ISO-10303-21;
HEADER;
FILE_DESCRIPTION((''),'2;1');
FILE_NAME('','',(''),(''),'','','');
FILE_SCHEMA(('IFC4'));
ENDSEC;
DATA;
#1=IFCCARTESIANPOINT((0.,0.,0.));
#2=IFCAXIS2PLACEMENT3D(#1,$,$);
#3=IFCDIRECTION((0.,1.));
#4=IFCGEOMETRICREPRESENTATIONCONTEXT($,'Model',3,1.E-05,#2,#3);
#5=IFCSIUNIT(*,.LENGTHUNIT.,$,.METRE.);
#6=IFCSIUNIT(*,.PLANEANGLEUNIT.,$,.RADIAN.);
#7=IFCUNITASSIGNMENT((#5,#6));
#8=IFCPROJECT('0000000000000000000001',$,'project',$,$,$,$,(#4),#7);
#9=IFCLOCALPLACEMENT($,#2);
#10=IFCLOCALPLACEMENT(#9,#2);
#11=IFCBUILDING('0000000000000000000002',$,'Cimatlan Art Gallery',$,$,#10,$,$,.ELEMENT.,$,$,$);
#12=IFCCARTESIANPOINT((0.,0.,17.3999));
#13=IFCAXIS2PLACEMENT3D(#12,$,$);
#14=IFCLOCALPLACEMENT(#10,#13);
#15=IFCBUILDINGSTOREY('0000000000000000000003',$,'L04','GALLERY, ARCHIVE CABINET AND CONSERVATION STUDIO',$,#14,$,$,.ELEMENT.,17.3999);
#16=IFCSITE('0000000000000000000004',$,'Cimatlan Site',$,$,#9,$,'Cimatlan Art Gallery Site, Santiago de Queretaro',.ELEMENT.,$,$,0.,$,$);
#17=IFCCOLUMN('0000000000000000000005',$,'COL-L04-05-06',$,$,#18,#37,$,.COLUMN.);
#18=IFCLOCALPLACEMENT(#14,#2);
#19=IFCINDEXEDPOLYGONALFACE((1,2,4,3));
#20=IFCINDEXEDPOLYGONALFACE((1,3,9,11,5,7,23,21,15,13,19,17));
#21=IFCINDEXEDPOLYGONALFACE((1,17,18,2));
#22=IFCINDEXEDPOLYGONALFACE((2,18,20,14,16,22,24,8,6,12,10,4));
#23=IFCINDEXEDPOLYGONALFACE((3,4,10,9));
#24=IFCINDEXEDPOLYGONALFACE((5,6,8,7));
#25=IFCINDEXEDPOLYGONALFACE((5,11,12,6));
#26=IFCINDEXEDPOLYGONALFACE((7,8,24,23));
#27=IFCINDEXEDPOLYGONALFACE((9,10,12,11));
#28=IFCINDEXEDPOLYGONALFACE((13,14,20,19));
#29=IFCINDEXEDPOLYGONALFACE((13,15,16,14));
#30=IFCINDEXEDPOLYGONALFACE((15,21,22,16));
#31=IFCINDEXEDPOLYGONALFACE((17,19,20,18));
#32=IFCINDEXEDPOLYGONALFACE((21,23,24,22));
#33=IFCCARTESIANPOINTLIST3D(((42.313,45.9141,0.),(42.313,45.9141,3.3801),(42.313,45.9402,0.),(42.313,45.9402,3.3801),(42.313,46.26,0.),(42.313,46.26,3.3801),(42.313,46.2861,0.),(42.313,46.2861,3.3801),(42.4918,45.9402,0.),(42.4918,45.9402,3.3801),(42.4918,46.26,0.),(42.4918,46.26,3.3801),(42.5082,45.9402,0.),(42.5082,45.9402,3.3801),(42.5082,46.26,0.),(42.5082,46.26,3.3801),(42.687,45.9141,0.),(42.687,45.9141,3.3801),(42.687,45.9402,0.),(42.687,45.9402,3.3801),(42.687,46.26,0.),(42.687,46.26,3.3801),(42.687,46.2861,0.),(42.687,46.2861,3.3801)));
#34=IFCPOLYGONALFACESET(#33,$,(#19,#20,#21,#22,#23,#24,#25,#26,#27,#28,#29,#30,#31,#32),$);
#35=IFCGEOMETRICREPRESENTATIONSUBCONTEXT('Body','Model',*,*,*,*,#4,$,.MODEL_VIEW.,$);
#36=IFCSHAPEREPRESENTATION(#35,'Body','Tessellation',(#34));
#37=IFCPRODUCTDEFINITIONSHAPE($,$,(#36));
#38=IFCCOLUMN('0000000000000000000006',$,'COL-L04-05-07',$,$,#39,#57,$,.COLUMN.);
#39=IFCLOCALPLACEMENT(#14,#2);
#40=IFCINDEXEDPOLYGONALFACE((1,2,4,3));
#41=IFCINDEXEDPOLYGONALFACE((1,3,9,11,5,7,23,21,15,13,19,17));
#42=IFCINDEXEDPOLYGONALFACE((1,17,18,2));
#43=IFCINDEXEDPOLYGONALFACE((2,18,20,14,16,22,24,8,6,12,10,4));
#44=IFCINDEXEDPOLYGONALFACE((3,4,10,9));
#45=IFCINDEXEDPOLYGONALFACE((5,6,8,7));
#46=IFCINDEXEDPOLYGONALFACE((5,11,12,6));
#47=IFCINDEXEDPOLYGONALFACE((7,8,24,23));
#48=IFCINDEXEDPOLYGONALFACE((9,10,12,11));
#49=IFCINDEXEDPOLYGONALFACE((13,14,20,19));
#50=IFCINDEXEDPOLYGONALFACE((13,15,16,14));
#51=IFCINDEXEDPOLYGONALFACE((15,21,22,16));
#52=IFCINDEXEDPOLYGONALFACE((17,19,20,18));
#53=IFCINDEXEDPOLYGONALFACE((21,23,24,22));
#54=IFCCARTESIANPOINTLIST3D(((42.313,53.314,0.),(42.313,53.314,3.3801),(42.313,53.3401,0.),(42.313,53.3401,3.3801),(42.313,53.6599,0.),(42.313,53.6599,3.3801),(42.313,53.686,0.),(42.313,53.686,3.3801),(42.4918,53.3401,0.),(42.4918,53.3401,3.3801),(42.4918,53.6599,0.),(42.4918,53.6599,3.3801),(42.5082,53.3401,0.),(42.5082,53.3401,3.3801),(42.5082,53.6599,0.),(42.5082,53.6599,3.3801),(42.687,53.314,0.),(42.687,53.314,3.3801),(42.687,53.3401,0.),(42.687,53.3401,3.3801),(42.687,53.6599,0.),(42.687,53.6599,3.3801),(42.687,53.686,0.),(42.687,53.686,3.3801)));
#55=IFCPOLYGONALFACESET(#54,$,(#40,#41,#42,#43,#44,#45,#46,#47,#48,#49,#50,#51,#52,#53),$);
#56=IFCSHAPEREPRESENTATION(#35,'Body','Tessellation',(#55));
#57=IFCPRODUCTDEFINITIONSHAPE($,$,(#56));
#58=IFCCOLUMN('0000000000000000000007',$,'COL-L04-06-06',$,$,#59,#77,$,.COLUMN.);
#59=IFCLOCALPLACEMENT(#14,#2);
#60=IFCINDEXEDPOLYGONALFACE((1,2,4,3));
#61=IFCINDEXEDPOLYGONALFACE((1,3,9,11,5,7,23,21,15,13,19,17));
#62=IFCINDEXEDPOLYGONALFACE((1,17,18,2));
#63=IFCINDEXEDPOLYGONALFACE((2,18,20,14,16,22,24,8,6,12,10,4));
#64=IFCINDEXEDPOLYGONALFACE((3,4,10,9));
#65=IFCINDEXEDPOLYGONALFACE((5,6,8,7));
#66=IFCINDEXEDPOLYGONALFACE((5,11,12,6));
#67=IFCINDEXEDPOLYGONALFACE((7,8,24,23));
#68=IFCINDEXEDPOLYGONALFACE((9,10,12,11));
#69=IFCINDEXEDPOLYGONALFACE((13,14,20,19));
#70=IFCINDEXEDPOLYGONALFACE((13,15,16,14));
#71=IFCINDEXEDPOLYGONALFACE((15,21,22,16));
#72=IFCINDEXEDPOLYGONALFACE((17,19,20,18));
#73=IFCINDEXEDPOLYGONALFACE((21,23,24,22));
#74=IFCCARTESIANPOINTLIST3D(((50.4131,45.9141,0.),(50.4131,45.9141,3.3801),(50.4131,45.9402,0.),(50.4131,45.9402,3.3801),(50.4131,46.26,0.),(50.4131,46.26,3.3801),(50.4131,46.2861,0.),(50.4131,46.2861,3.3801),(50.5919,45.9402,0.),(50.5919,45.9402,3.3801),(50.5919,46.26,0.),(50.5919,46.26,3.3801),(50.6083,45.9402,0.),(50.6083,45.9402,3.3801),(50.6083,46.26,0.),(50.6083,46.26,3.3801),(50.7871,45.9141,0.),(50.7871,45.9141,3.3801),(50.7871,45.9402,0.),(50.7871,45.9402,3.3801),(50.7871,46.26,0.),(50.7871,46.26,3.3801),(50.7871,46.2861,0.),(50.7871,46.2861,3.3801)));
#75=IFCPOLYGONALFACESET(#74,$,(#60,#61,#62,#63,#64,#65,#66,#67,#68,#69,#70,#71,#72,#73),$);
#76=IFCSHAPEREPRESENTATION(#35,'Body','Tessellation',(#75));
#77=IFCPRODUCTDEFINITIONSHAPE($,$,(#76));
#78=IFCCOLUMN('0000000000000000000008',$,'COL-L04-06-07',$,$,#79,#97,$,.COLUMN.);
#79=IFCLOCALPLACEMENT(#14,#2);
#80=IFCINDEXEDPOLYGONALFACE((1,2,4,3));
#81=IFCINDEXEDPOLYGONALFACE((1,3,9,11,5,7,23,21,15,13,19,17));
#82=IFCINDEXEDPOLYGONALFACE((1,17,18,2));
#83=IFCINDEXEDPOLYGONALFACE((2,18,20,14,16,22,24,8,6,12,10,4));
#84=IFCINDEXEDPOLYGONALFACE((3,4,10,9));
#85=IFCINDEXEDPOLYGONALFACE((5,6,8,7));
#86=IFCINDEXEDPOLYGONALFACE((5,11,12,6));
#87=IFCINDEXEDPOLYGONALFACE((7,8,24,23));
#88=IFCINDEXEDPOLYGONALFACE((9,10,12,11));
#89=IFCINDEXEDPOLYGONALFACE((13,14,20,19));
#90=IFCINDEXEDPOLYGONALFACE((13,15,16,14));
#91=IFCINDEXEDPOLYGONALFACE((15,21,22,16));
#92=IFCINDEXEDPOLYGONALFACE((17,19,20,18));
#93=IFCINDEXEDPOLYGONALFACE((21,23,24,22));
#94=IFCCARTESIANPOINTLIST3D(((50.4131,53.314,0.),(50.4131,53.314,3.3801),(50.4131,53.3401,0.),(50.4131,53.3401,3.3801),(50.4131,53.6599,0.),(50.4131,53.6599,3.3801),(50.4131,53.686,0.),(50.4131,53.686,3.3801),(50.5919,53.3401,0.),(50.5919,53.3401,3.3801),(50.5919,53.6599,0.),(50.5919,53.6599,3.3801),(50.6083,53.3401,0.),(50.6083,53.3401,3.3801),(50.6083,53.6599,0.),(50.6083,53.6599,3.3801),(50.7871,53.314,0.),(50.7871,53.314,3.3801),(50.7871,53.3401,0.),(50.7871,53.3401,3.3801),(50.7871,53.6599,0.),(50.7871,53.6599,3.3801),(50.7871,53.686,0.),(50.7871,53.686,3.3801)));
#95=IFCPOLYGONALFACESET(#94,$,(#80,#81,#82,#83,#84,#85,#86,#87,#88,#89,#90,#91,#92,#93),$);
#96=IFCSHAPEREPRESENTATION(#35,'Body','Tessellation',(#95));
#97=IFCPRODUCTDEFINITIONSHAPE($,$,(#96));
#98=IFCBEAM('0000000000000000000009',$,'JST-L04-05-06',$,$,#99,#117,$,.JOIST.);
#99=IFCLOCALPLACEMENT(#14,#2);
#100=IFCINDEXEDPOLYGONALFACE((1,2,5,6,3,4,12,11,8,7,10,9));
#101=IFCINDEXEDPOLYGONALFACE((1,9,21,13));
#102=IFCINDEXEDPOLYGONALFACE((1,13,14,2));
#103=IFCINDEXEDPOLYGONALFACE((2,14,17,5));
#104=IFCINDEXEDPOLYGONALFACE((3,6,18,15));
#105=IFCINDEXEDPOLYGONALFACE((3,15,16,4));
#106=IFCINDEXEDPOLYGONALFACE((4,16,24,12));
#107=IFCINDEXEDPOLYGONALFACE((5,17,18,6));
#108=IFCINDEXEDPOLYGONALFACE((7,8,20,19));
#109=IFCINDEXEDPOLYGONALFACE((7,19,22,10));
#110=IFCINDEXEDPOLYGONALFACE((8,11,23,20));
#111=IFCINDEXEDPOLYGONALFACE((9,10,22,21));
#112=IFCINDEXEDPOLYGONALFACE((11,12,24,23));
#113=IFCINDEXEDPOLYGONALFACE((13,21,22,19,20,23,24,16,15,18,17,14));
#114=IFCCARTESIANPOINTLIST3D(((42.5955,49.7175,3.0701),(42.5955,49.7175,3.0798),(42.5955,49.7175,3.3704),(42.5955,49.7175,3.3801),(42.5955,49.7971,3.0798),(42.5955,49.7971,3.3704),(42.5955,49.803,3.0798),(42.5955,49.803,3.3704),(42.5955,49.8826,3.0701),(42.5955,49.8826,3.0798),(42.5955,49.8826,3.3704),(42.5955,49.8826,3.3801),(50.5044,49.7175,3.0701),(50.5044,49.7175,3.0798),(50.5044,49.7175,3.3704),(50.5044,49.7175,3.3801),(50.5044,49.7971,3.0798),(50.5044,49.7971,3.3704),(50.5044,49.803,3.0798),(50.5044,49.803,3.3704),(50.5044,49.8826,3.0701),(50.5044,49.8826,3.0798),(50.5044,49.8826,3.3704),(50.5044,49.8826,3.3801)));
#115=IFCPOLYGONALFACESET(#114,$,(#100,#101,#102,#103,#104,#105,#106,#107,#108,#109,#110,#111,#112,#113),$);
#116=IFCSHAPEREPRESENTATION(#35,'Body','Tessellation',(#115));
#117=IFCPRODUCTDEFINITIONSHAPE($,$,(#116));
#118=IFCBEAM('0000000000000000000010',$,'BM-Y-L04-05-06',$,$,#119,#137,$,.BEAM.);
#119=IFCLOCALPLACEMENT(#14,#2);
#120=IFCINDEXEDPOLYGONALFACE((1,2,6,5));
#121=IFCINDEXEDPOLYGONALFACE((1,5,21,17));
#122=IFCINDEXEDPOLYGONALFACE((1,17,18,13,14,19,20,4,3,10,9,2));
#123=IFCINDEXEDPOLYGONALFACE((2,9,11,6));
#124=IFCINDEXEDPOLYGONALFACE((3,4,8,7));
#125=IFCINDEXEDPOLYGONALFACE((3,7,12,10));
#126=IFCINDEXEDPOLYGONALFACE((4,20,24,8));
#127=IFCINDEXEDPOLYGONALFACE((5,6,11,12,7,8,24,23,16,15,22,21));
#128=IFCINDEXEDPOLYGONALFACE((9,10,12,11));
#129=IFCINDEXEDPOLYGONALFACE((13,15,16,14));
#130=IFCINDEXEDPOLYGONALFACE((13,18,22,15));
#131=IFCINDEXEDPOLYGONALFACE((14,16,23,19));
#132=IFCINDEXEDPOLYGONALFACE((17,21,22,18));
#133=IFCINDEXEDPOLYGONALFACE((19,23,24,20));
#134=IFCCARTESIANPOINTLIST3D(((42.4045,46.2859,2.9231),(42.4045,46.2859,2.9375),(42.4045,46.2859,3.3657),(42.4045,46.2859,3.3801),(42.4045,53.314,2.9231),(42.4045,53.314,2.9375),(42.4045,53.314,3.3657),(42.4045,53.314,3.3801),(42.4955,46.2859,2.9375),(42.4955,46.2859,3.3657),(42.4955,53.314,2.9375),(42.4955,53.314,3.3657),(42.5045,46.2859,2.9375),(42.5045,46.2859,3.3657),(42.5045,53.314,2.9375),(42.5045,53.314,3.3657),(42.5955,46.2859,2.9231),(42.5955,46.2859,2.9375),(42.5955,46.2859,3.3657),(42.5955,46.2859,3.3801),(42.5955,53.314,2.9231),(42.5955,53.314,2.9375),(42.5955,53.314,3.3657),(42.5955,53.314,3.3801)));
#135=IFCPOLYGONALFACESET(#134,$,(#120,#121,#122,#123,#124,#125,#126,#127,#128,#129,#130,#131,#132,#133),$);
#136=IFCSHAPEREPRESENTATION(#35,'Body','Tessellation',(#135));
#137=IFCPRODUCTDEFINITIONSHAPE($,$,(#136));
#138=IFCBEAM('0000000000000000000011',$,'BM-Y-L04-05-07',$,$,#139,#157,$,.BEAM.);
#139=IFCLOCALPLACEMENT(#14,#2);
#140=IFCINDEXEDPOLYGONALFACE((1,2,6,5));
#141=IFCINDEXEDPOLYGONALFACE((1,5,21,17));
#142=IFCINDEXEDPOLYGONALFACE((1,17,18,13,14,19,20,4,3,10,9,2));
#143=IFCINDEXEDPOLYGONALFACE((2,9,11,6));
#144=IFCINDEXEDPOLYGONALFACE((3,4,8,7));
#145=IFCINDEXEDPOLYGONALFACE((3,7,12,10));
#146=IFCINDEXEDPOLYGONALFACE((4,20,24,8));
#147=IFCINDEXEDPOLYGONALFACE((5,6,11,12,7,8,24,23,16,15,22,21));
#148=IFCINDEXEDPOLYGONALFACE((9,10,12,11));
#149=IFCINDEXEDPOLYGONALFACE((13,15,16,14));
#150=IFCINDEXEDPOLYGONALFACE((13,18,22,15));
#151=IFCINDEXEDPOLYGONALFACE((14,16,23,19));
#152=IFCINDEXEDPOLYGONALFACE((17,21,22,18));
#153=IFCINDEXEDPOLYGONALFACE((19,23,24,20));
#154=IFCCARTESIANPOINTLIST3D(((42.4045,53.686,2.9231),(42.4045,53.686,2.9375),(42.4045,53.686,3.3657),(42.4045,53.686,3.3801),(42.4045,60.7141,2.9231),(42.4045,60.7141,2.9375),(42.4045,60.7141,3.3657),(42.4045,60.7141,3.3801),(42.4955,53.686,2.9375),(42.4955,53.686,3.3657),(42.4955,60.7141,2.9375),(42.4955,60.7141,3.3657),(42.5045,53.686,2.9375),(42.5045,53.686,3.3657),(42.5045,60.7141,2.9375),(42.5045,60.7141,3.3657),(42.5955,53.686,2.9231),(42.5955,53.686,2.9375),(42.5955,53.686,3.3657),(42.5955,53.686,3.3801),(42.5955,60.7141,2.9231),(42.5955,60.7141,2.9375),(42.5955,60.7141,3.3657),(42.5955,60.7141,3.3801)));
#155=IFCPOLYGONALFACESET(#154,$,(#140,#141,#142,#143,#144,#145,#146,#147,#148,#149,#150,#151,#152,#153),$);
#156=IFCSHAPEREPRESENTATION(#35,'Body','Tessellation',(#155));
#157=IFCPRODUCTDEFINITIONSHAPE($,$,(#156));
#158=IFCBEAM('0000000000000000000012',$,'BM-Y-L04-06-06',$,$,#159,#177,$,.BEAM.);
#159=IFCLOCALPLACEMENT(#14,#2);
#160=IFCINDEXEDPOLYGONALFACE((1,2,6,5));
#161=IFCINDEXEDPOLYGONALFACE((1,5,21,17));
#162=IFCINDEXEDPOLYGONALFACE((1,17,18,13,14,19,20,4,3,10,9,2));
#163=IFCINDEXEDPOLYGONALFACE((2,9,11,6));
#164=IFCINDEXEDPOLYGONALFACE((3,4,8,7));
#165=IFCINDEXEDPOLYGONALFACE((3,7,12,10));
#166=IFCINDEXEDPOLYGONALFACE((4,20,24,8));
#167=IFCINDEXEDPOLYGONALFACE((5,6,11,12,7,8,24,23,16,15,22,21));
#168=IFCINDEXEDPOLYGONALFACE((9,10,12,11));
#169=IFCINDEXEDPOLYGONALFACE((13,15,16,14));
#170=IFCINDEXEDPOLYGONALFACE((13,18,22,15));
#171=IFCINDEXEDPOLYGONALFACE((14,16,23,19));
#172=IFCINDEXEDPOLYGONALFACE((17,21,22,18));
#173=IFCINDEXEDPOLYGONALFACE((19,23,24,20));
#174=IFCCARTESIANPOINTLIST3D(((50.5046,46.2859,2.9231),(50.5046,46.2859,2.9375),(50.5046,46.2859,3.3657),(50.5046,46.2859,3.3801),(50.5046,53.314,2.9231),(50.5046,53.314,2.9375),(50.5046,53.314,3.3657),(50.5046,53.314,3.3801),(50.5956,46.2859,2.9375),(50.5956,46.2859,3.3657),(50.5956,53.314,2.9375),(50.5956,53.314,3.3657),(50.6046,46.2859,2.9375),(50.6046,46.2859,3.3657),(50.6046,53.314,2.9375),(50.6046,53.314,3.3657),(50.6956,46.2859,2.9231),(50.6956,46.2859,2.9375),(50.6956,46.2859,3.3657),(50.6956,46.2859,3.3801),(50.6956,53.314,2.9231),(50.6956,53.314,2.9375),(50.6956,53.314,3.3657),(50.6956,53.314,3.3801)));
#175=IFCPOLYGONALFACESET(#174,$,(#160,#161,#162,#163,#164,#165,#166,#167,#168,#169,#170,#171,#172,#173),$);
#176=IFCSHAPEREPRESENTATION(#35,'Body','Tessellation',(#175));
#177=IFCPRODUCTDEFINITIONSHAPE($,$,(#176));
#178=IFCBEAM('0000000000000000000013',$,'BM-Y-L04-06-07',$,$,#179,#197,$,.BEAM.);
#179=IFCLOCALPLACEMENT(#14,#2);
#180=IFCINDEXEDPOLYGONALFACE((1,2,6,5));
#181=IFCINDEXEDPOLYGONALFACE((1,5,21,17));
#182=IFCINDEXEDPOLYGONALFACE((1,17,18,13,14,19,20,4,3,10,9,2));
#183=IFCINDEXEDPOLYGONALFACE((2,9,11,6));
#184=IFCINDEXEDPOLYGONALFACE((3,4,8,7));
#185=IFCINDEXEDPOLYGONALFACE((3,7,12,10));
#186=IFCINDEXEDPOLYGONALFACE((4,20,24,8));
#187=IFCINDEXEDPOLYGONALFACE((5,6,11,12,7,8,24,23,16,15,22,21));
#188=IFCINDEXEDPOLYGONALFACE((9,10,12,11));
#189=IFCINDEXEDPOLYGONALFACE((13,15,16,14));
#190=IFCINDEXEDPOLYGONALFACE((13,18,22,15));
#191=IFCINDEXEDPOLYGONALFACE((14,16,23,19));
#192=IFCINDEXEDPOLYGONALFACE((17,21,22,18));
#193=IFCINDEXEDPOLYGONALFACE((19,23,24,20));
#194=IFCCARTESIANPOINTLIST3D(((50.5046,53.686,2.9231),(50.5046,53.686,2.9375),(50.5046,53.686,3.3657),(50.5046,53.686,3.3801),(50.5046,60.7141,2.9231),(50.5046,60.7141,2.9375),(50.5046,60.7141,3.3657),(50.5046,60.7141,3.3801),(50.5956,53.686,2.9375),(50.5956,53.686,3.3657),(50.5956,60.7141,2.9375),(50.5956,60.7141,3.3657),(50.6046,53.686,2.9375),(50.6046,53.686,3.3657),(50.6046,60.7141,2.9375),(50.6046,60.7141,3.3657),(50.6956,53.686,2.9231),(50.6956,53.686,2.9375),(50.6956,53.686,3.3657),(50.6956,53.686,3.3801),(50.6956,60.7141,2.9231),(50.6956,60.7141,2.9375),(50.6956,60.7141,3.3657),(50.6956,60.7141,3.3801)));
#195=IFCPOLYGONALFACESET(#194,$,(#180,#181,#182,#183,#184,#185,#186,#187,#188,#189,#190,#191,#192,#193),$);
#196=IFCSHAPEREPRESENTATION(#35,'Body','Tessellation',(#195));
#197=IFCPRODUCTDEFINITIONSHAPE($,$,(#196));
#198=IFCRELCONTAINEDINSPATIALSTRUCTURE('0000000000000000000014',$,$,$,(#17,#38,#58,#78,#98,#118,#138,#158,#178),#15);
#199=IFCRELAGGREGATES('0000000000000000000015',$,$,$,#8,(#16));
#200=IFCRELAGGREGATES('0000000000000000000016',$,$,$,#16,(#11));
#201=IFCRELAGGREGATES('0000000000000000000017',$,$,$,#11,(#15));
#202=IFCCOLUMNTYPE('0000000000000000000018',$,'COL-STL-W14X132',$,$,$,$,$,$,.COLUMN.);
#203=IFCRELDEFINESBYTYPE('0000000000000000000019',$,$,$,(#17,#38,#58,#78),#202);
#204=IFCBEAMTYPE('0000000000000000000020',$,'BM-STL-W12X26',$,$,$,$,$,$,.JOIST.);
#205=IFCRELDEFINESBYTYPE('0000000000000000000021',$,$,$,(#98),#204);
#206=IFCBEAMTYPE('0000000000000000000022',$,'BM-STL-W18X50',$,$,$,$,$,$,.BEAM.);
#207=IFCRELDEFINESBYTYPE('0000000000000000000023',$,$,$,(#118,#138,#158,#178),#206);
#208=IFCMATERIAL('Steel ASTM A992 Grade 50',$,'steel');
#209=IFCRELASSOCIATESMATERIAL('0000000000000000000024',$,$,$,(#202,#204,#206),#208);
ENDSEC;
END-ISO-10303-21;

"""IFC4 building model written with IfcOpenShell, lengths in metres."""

from ifc_helpers import new_model, si_unit, direction, frame, origin, origin_2d, place, context, subcontext, project, spatial, i_section, extrude, material, material_profile, profile_set, type_object, element, save


model = new_model("IFC4")

# Units and contexts
model_context = context("Model", 3, precision=1e-05, world=origin(), true_north=direction((0.0, 1.0)))
body_context = subcontext(model_context, "Body", "Model", "MODEL_VIEW")
ifc_project = project(units=[si_unit("LENGTHUNIT", "METRE"), si_unit("PLANEANGLEUNIT", "RADIAN")], contexts=[model_context])

# Site, building, storey
site_placement = place(None, origin())
site = spatial("IfcSite", under=ifc_project, at=site_placement, Name="Cimatlan Site", LongName="Cimatlan Art Gallery Site, Santiago de Queretaro", CompositionType="ELEMENT", RefElevation=0.0)
building_placement = place(site_placement, origin())
building = spatial("IfcBuilding", under=site, at=building_placement, Name="Cimatlan Art Gallery", CompositionType="ELEMENT")
storey_placement = place(building_placement, frame((0.0, 0.0, 17.3999)))
storey = spatial("IfcBuildingStorey", under=building, at=storey_placement, Name="L04", Description="GALLERY, ARCHIVE CABINET AND CONSERVATION STUDIO", CompositionType="ELEMENT", Elevation=17.3999)

# Columns
ifc_material_1 = material(Name="Steel ASTM A992 Grade 50", Category="steel")
ifc_material_profile_1 = material_profile(ifc_material_1, i_section(OverallWidth=0.374, OverallDepth=0.3721, WebThickness=0.0164, FlangeThickness=0.0261, at=origin_2d()), Name="W14X132")
ifc_profile_set_1 = profile_set([ifc_material_profile_1], Name="Steel ASTM A992 Grade 50")
column_type = type_object("IfcColumnType", Name="COL-STL-W14X132", PredefinedType="COLUMN", material=ifc_profile_set_1)
for number, where, z_axis, x_axis, name in (
    (1, (42.5, 46.1001, 0.0), (0.0, 0.0, 1.0), (1.0, 0.0, 0.0), "COL-L04-05-06"),
    (2, (42.5, 53.5, 0.0), (0.0, 0.0, 1.0), (1.0, 0.0, 0.0), "COL-L04-05-07"),
    (3, (50.6001, 46.1001, 0.0), (0.0, 0.0, 1.0), (1.0, 0.0, 0.0), "COL-L04-06-06"),
    (4, (50.6001, 53.5, 0.0), (0.0, 0.0, 1.0), (1.0, 0.0, 0.0), "COL-L04-06-07"),
):
    element("IfcColumn", number, at=place(storey_placement, frame(where, z_axis=z_axis, x_axis=x_axis)), inside=storey, type_object=column_type, Name=name, PredefinedType="COLUMN", context=body_context, shape_type="SweptSolid", body=[
        extrude(i_section(OverallWidth=0.374, OverallDepth=0.3721, WebThickness=0.0164, FlangeThickness=0.0261, at=origin_2d()), origin(), (0.0, 0.0, 1.0), 3.3801),
    ])

# Beams
ifc_material_profile_2 = material_profile(ifc_material_1, i_section(OverallWidth=0.165, OverallDepth=0.3101, WebThickness=0.0059, FlangeThickness=0.0098, at=origin_2d()), Name="W12X26")
ifc_profile_set_2 = profile_set([ifc_material_profile_2], Name="Steel ASTM A992 Grade 50")
beam_type_1 = type_object("IfcBeamType", Name="BM-STL-W12X26", PredefinedType="JOIST", material=ifc_profile_set_2)
beam_placement = place(storey_placement, frame((42.5955, 49.8, 3.2251), z_axis=(1.0, 0.0, 0.0), x_axis=(0.0, 1.0, 0.0)))
element("IfcBeam", 5, at=beam_placement, inside=storey, type_object=beam_type_1, Name="JST-L04-05-06", PredefinedType="JOIST", context=body_context, shape_type="SweptSolid", body=[
    extrude(i_section(OverallWidth=0.165, OverallDepth=0.3101, WebThickness=0.0059, FlangeThickness=0.0098, at=origin_2d()), origin(), (0.0, 0.0, 1.0), 7.9089),
])
ifc_material_profile_3 = material_profile(ifc_material_1, i_section(OverallWidth=0.1909, OverallDepth=0.457, WebThickness=0.009, FlangeThickness=0.0144, at=origin_2d()), Name="W18X50")
ifc_profile_set_3 = profile_set([ifc_material_profile_3], Name="Steel ASTM A992 Grade 50")
beam_type_2 = type_object("IfcBeamType", Name="BM-STL-W18X50", PredefinedType="BEAM", material=ifc_profile_set_3)
for number, where, z_axis, x_axis, name in (
    (6, (42.5, 46.2859, 3.1516), (0.0, 1.0, 0.0), (-1.0, 0.0, 0.0), "BM-Y-L04-05-06"),
    (7, (42.5, 53.686, 3.1516), (0.0, 1.0, 0.0), (-1.0, 0.0, 0.0), "BM-Y-L04-05-07"),
    (8, (50.6001, 46.2859, 3.1516), (0.0, 1.0, 0.0), (-1.0, 0.0, 0.0), "BM-Y-L04-06-06"),
    (9, (50.6001, 53.686, 3.1516), (0.0, 1.0, 0.0), (-1.0, 0.0, 0.0), "BM-Y-L04-06-07"),
):
    element("IfcBeam", number, at=place(storey_placement, frame(where, z_axis=z_axis, x_axis=x_axis)), inside=storey, type_object=beam_type_2, Name=name, PredefinedType="BEAM", context=body_context, shape_type="SweptSolid", body=[
        extrude(i_section(OverallWidth=0.1909, OverallDepth=0.457, WebThickness=0.009, FlangeThickness=0.0144, at=origin_2d()), origin(), (0.0, 0.0, 1.0), 7.0281),
    ])

save(model, "model.ifc")
